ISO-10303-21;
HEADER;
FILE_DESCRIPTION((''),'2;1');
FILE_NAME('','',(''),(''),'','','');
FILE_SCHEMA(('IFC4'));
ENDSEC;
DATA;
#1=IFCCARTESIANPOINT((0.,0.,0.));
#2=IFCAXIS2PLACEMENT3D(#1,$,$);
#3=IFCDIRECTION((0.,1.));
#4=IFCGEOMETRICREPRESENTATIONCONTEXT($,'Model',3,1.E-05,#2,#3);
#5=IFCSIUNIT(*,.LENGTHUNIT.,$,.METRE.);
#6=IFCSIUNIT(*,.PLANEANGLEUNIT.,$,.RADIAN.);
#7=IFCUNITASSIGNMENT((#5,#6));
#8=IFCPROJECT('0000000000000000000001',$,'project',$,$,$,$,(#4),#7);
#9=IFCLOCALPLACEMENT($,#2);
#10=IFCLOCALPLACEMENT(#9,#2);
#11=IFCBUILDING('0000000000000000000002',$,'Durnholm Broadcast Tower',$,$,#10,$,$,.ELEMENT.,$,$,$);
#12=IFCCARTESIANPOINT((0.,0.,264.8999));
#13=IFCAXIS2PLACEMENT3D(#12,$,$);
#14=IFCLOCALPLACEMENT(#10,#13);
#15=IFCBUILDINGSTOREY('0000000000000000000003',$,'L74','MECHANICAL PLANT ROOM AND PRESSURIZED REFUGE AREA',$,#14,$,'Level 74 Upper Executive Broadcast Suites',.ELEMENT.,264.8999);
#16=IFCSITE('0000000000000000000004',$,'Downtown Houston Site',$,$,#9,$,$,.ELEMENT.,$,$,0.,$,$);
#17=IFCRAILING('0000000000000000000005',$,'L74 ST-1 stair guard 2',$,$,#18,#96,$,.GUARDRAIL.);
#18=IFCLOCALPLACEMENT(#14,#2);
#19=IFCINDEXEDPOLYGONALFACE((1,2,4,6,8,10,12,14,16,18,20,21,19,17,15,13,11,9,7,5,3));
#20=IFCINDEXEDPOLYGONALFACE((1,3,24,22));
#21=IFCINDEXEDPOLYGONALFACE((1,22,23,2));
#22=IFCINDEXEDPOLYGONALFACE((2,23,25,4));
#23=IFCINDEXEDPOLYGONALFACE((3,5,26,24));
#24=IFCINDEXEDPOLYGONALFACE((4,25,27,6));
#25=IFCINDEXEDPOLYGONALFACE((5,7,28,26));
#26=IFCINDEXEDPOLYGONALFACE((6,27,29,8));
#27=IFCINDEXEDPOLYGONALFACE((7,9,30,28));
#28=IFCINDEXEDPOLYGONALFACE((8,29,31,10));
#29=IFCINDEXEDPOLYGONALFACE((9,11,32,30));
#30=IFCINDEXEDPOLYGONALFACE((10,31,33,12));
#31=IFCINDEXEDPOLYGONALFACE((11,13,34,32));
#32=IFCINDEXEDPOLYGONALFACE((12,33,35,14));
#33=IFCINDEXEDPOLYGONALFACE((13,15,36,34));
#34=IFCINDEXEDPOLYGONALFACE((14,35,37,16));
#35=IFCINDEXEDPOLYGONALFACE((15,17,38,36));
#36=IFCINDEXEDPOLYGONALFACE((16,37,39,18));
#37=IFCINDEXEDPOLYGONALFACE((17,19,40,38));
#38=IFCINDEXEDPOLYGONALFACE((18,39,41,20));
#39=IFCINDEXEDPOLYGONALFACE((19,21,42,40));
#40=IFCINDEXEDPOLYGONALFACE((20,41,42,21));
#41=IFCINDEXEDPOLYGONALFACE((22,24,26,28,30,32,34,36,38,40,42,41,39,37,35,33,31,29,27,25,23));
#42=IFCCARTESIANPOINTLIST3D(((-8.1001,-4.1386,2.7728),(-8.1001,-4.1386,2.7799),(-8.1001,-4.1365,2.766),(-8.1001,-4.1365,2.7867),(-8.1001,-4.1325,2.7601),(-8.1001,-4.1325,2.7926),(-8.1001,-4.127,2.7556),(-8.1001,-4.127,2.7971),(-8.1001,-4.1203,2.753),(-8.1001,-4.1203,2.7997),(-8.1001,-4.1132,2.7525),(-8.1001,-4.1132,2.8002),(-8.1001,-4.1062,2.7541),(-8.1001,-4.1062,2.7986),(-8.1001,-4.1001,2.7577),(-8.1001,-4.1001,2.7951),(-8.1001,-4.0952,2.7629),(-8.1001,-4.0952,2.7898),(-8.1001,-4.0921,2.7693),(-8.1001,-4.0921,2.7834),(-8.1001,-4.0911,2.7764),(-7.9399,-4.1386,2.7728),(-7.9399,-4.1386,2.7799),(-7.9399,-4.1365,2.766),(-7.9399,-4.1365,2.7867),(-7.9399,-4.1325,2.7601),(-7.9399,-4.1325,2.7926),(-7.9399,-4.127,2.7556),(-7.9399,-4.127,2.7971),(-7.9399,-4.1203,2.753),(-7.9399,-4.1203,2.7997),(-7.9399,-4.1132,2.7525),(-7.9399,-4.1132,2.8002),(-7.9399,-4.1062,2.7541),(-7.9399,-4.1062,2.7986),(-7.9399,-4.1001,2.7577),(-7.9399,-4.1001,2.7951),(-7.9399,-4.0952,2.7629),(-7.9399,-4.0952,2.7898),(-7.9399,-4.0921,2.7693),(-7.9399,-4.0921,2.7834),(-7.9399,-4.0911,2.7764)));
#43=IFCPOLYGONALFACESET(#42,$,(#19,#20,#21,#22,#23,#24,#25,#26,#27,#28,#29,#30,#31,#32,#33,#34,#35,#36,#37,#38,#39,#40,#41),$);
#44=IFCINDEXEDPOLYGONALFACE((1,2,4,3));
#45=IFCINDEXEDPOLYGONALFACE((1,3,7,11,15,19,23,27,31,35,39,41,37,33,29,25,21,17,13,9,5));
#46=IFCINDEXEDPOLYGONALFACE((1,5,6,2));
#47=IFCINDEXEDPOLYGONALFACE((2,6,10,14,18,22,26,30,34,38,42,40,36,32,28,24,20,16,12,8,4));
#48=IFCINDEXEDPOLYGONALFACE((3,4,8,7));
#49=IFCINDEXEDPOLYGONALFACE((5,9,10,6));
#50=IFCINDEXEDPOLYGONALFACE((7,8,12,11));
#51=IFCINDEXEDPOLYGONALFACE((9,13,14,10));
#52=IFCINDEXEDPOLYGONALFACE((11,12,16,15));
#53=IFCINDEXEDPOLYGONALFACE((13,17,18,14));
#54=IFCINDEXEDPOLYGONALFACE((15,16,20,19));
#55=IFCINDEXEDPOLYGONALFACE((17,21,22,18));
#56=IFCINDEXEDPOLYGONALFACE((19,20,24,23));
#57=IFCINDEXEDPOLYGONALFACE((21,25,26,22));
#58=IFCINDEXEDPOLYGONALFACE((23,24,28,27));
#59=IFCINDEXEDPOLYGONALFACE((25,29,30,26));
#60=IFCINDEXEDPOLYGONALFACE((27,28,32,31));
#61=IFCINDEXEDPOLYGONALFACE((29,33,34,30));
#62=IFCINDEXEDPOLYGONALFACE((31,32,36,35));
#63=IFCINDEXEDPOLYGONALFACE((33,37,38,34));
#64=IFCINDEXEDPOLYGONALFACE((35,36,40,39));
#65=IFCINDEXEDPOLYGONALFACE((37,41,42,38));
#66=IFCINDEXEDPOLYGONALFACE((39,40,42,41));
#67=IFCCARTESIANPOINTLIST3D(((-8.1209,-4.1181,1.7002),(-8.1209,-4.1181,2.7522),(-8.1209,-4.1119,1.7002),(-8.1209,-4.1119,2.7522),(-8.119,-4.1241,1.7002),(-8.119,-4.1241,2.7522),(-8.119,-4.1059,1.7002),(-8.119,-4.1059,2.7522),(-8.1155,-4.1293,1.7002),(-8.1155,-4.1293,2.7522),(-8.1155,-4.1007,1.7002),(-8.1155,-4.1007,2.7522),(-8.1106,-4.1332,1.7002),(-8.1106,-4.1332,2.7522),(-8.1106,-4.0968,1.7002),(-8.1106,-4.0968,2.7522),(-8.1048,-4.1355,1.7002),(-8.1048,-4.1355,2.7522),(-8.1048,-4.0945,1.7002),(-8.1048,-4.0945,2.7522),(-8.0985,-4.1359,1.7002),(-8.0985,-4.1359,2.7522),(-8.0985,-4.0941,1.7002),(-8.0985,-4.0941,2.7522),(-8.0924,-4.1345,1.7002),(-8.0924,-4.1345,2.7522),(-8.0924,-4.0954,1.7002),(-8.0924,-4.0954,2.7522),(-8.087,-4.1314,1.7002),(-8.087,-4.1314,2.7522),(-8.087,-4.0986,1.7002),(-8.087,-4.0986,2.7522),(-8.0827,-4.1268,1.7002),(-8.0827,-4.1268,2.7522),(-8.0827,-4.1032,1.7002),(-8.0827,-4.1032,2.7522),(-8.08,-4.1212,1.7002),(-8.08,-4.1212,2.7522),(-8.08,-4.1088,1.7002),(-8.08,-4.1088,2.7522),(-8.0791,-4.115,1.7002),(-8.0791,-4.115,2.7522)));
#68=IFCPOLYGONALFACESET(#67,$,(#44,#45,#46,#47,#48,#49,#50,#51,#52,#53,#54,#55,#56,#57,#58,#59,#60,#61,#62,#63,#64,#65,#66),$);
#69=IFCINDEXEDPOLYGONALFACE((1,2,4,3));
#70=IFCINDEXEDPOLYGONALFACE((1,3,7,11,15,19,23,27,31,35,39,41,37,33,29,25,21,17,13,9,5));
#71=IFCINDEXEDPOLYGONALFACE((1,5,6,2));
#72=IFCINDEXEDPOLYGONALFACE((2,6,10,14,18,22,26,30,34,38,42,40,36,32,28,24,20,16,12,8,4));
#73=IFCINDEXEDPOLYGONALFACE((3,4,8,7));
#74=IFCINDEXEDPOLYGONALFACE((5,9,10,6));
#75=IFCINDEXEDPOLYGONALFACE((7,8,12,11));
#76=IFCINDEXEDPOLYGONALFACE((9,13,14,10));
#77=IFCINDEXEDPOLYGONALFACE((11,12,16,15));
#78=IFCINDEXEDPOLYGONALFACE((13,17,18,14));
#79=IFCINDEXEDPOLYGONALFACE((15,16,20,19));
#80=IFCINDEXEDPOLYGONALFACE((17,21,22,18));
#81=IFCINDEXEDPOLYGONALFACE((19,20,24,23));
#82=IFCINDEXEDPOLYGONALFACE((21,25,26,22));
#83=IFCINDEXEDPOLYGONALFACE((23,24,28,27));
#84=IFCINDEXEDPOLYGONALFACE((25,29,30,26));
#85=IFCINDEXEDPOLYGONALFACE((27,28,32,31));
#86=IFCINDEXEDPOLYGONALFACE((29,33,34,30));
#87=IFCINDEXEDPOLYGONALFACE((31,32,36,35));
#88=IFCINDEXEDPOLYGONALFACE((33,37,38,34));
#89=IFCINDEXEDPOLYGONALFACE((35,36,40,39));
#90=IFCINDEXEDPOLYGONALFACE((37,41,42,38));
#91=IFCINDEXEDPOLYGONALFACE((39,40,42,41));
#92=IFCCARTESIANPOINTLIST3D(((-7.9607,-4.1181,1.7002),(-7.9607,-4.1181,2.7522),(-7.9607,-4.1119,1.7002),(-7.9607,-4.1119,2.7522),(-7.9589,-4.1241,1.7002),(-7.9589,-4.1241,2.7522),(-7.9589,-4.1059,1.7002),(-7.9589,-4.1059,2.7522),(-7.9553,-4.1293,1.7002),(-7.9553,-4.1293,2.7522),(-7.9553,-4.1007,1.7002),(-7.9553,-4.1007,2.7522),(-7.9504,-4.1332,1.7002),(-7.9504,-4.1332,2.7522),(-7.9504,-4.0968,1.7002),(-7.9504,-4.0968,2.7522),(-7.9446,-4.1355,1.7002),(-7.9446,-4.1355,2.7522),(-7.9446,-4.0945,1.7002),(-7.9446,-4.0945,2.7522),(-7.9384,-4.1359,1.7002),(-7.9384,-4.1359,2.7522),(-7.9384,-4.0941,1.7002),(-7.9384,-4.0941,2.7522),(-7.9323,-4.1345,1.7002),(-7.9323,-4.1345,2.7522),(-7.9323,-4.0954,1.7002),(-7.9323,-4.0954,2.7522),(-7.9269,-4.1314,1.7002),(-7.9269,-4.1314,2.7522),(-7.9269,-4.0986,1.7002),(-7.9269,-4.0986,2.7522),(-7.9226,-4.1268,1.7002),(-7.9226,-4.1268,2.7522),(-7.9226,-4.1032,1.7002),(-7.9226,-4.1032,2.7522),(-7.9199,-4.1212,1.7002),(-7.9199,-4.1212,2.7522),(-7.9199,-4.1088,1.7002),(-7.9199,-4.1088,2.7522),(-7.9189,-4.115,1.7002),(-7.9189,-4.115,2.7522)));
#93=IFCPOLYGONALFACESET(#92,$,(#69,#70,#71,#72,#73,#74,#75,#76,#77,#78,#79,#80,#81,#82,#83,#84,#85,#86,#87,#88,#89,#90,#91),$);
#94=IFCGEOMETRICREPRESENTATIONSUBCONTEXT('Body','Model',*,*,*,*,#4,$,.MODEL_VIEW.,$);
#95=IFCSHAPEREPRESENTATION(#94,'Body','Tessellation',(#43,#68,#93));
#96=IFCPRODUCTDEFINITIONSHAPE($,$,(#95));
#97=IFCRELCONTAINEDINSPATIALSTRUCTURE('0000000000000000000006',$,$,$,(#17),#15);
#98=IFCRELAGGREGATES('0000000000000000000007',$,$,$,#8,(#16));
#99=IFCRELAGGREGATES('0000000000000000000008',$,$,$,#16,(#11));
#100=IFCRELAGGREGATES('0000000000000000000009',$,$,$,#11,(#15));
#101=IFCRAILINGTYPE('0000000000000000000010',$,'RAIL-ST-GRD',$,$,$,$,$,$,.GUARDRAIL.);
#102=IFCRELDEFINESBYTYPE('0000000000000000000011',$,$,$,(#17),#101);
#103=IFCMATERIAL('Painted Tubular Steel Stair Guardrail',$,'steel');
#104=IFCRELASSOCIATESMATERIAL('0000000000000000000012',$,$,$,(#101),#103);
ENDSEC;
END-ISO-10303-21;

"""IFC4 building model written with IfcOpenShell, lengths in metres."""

from ifc_helpers import new_model, si_unit, direction, frame, origin, origin_2d, place, context, subcontext, project, spatial, circle, extrude, material, type_object, element, save


model = new_model("IFC4")

# Units and contexts
model_context = context("Model", 3, precision=1e-05, world=origin(), true_north=direction((0.0, 1.0)))
body_context = subcontext(model_context, "Body", "Model", "MODEL_VIEW")
ifc_project = project(units=[si_unit("LENGTHUNIT", "METRE"), si_unit("PLANEANGLEUNIT", "RADIAN")], contexts=[model_context])

# Site, building, storey
site_placement = place(None, origin())
site = spatial("IfcSite", under=ifc_project, at=site_placement, Name="Downtown Houston Site", CompositionType="ELEMENT", RefElevation=0.0)
building_placement = place(site_placement, origin())
building = spatial("IfcBuilding", under=site, at=building_placement, Name="Durnholm Broadcast Tower", CompositionType="ELEMENT")
storey_placement = place(building_placement, frame((0.0, 0.0, 264.8999)))
storey = spatial("IfcBuildingStorey", under=building, at=storey_placement, Name="L74", Description="MECHANICAL PLANT ROOM AND PRESSURIZED REFUGE AREA", LongName="Level 74 Upper Executive Broadcast Suites", CompositionType="ELEMENT", Elevation=264.8999)

# Railing
ifc_material_1 = material(Name="Painted Tubular Steel Stair Guardrail", Category="steel")
railing_type_1 = type_object("IfcRailingType", Name="RAIL-ST-GRD", PredefinedType="GUARDRAIL", material=ifc_material_1)
railing_1_placement = place(storey_placement, frame((-8.1001, -4.115, 1.7002)))
element("IfcRailing", 1, at=railing_1_placement, inside=storey, type_object=railing_type_1, Name="L74 ST-1 stair guard 2", PredefinedType="GUARDRAIL", context=body_context, shape_type="SweptSolid", body=[
    extrude(circle(Radius=0.0239, at=origin_2d()), frame((0.0, 0.0, 1.0762), z_axis=(1.0, 0.0, 0.0), x_axis=(0.0, 1.0, 0.0)), (0.0, 0.0, 1.0), 0.1602),
    extrude(circle(Radius=0.021, at=origin_2d()), origin(), (0.0, 0.0, 1.0), 1.052),
    extrude(circle(Radius=0.021, at=origin_2d()), frame((0.1602, 0.0, 0.0)), (0.0, 0.0, 1.0), 1.052),
])

save(model, "model.ifc")
